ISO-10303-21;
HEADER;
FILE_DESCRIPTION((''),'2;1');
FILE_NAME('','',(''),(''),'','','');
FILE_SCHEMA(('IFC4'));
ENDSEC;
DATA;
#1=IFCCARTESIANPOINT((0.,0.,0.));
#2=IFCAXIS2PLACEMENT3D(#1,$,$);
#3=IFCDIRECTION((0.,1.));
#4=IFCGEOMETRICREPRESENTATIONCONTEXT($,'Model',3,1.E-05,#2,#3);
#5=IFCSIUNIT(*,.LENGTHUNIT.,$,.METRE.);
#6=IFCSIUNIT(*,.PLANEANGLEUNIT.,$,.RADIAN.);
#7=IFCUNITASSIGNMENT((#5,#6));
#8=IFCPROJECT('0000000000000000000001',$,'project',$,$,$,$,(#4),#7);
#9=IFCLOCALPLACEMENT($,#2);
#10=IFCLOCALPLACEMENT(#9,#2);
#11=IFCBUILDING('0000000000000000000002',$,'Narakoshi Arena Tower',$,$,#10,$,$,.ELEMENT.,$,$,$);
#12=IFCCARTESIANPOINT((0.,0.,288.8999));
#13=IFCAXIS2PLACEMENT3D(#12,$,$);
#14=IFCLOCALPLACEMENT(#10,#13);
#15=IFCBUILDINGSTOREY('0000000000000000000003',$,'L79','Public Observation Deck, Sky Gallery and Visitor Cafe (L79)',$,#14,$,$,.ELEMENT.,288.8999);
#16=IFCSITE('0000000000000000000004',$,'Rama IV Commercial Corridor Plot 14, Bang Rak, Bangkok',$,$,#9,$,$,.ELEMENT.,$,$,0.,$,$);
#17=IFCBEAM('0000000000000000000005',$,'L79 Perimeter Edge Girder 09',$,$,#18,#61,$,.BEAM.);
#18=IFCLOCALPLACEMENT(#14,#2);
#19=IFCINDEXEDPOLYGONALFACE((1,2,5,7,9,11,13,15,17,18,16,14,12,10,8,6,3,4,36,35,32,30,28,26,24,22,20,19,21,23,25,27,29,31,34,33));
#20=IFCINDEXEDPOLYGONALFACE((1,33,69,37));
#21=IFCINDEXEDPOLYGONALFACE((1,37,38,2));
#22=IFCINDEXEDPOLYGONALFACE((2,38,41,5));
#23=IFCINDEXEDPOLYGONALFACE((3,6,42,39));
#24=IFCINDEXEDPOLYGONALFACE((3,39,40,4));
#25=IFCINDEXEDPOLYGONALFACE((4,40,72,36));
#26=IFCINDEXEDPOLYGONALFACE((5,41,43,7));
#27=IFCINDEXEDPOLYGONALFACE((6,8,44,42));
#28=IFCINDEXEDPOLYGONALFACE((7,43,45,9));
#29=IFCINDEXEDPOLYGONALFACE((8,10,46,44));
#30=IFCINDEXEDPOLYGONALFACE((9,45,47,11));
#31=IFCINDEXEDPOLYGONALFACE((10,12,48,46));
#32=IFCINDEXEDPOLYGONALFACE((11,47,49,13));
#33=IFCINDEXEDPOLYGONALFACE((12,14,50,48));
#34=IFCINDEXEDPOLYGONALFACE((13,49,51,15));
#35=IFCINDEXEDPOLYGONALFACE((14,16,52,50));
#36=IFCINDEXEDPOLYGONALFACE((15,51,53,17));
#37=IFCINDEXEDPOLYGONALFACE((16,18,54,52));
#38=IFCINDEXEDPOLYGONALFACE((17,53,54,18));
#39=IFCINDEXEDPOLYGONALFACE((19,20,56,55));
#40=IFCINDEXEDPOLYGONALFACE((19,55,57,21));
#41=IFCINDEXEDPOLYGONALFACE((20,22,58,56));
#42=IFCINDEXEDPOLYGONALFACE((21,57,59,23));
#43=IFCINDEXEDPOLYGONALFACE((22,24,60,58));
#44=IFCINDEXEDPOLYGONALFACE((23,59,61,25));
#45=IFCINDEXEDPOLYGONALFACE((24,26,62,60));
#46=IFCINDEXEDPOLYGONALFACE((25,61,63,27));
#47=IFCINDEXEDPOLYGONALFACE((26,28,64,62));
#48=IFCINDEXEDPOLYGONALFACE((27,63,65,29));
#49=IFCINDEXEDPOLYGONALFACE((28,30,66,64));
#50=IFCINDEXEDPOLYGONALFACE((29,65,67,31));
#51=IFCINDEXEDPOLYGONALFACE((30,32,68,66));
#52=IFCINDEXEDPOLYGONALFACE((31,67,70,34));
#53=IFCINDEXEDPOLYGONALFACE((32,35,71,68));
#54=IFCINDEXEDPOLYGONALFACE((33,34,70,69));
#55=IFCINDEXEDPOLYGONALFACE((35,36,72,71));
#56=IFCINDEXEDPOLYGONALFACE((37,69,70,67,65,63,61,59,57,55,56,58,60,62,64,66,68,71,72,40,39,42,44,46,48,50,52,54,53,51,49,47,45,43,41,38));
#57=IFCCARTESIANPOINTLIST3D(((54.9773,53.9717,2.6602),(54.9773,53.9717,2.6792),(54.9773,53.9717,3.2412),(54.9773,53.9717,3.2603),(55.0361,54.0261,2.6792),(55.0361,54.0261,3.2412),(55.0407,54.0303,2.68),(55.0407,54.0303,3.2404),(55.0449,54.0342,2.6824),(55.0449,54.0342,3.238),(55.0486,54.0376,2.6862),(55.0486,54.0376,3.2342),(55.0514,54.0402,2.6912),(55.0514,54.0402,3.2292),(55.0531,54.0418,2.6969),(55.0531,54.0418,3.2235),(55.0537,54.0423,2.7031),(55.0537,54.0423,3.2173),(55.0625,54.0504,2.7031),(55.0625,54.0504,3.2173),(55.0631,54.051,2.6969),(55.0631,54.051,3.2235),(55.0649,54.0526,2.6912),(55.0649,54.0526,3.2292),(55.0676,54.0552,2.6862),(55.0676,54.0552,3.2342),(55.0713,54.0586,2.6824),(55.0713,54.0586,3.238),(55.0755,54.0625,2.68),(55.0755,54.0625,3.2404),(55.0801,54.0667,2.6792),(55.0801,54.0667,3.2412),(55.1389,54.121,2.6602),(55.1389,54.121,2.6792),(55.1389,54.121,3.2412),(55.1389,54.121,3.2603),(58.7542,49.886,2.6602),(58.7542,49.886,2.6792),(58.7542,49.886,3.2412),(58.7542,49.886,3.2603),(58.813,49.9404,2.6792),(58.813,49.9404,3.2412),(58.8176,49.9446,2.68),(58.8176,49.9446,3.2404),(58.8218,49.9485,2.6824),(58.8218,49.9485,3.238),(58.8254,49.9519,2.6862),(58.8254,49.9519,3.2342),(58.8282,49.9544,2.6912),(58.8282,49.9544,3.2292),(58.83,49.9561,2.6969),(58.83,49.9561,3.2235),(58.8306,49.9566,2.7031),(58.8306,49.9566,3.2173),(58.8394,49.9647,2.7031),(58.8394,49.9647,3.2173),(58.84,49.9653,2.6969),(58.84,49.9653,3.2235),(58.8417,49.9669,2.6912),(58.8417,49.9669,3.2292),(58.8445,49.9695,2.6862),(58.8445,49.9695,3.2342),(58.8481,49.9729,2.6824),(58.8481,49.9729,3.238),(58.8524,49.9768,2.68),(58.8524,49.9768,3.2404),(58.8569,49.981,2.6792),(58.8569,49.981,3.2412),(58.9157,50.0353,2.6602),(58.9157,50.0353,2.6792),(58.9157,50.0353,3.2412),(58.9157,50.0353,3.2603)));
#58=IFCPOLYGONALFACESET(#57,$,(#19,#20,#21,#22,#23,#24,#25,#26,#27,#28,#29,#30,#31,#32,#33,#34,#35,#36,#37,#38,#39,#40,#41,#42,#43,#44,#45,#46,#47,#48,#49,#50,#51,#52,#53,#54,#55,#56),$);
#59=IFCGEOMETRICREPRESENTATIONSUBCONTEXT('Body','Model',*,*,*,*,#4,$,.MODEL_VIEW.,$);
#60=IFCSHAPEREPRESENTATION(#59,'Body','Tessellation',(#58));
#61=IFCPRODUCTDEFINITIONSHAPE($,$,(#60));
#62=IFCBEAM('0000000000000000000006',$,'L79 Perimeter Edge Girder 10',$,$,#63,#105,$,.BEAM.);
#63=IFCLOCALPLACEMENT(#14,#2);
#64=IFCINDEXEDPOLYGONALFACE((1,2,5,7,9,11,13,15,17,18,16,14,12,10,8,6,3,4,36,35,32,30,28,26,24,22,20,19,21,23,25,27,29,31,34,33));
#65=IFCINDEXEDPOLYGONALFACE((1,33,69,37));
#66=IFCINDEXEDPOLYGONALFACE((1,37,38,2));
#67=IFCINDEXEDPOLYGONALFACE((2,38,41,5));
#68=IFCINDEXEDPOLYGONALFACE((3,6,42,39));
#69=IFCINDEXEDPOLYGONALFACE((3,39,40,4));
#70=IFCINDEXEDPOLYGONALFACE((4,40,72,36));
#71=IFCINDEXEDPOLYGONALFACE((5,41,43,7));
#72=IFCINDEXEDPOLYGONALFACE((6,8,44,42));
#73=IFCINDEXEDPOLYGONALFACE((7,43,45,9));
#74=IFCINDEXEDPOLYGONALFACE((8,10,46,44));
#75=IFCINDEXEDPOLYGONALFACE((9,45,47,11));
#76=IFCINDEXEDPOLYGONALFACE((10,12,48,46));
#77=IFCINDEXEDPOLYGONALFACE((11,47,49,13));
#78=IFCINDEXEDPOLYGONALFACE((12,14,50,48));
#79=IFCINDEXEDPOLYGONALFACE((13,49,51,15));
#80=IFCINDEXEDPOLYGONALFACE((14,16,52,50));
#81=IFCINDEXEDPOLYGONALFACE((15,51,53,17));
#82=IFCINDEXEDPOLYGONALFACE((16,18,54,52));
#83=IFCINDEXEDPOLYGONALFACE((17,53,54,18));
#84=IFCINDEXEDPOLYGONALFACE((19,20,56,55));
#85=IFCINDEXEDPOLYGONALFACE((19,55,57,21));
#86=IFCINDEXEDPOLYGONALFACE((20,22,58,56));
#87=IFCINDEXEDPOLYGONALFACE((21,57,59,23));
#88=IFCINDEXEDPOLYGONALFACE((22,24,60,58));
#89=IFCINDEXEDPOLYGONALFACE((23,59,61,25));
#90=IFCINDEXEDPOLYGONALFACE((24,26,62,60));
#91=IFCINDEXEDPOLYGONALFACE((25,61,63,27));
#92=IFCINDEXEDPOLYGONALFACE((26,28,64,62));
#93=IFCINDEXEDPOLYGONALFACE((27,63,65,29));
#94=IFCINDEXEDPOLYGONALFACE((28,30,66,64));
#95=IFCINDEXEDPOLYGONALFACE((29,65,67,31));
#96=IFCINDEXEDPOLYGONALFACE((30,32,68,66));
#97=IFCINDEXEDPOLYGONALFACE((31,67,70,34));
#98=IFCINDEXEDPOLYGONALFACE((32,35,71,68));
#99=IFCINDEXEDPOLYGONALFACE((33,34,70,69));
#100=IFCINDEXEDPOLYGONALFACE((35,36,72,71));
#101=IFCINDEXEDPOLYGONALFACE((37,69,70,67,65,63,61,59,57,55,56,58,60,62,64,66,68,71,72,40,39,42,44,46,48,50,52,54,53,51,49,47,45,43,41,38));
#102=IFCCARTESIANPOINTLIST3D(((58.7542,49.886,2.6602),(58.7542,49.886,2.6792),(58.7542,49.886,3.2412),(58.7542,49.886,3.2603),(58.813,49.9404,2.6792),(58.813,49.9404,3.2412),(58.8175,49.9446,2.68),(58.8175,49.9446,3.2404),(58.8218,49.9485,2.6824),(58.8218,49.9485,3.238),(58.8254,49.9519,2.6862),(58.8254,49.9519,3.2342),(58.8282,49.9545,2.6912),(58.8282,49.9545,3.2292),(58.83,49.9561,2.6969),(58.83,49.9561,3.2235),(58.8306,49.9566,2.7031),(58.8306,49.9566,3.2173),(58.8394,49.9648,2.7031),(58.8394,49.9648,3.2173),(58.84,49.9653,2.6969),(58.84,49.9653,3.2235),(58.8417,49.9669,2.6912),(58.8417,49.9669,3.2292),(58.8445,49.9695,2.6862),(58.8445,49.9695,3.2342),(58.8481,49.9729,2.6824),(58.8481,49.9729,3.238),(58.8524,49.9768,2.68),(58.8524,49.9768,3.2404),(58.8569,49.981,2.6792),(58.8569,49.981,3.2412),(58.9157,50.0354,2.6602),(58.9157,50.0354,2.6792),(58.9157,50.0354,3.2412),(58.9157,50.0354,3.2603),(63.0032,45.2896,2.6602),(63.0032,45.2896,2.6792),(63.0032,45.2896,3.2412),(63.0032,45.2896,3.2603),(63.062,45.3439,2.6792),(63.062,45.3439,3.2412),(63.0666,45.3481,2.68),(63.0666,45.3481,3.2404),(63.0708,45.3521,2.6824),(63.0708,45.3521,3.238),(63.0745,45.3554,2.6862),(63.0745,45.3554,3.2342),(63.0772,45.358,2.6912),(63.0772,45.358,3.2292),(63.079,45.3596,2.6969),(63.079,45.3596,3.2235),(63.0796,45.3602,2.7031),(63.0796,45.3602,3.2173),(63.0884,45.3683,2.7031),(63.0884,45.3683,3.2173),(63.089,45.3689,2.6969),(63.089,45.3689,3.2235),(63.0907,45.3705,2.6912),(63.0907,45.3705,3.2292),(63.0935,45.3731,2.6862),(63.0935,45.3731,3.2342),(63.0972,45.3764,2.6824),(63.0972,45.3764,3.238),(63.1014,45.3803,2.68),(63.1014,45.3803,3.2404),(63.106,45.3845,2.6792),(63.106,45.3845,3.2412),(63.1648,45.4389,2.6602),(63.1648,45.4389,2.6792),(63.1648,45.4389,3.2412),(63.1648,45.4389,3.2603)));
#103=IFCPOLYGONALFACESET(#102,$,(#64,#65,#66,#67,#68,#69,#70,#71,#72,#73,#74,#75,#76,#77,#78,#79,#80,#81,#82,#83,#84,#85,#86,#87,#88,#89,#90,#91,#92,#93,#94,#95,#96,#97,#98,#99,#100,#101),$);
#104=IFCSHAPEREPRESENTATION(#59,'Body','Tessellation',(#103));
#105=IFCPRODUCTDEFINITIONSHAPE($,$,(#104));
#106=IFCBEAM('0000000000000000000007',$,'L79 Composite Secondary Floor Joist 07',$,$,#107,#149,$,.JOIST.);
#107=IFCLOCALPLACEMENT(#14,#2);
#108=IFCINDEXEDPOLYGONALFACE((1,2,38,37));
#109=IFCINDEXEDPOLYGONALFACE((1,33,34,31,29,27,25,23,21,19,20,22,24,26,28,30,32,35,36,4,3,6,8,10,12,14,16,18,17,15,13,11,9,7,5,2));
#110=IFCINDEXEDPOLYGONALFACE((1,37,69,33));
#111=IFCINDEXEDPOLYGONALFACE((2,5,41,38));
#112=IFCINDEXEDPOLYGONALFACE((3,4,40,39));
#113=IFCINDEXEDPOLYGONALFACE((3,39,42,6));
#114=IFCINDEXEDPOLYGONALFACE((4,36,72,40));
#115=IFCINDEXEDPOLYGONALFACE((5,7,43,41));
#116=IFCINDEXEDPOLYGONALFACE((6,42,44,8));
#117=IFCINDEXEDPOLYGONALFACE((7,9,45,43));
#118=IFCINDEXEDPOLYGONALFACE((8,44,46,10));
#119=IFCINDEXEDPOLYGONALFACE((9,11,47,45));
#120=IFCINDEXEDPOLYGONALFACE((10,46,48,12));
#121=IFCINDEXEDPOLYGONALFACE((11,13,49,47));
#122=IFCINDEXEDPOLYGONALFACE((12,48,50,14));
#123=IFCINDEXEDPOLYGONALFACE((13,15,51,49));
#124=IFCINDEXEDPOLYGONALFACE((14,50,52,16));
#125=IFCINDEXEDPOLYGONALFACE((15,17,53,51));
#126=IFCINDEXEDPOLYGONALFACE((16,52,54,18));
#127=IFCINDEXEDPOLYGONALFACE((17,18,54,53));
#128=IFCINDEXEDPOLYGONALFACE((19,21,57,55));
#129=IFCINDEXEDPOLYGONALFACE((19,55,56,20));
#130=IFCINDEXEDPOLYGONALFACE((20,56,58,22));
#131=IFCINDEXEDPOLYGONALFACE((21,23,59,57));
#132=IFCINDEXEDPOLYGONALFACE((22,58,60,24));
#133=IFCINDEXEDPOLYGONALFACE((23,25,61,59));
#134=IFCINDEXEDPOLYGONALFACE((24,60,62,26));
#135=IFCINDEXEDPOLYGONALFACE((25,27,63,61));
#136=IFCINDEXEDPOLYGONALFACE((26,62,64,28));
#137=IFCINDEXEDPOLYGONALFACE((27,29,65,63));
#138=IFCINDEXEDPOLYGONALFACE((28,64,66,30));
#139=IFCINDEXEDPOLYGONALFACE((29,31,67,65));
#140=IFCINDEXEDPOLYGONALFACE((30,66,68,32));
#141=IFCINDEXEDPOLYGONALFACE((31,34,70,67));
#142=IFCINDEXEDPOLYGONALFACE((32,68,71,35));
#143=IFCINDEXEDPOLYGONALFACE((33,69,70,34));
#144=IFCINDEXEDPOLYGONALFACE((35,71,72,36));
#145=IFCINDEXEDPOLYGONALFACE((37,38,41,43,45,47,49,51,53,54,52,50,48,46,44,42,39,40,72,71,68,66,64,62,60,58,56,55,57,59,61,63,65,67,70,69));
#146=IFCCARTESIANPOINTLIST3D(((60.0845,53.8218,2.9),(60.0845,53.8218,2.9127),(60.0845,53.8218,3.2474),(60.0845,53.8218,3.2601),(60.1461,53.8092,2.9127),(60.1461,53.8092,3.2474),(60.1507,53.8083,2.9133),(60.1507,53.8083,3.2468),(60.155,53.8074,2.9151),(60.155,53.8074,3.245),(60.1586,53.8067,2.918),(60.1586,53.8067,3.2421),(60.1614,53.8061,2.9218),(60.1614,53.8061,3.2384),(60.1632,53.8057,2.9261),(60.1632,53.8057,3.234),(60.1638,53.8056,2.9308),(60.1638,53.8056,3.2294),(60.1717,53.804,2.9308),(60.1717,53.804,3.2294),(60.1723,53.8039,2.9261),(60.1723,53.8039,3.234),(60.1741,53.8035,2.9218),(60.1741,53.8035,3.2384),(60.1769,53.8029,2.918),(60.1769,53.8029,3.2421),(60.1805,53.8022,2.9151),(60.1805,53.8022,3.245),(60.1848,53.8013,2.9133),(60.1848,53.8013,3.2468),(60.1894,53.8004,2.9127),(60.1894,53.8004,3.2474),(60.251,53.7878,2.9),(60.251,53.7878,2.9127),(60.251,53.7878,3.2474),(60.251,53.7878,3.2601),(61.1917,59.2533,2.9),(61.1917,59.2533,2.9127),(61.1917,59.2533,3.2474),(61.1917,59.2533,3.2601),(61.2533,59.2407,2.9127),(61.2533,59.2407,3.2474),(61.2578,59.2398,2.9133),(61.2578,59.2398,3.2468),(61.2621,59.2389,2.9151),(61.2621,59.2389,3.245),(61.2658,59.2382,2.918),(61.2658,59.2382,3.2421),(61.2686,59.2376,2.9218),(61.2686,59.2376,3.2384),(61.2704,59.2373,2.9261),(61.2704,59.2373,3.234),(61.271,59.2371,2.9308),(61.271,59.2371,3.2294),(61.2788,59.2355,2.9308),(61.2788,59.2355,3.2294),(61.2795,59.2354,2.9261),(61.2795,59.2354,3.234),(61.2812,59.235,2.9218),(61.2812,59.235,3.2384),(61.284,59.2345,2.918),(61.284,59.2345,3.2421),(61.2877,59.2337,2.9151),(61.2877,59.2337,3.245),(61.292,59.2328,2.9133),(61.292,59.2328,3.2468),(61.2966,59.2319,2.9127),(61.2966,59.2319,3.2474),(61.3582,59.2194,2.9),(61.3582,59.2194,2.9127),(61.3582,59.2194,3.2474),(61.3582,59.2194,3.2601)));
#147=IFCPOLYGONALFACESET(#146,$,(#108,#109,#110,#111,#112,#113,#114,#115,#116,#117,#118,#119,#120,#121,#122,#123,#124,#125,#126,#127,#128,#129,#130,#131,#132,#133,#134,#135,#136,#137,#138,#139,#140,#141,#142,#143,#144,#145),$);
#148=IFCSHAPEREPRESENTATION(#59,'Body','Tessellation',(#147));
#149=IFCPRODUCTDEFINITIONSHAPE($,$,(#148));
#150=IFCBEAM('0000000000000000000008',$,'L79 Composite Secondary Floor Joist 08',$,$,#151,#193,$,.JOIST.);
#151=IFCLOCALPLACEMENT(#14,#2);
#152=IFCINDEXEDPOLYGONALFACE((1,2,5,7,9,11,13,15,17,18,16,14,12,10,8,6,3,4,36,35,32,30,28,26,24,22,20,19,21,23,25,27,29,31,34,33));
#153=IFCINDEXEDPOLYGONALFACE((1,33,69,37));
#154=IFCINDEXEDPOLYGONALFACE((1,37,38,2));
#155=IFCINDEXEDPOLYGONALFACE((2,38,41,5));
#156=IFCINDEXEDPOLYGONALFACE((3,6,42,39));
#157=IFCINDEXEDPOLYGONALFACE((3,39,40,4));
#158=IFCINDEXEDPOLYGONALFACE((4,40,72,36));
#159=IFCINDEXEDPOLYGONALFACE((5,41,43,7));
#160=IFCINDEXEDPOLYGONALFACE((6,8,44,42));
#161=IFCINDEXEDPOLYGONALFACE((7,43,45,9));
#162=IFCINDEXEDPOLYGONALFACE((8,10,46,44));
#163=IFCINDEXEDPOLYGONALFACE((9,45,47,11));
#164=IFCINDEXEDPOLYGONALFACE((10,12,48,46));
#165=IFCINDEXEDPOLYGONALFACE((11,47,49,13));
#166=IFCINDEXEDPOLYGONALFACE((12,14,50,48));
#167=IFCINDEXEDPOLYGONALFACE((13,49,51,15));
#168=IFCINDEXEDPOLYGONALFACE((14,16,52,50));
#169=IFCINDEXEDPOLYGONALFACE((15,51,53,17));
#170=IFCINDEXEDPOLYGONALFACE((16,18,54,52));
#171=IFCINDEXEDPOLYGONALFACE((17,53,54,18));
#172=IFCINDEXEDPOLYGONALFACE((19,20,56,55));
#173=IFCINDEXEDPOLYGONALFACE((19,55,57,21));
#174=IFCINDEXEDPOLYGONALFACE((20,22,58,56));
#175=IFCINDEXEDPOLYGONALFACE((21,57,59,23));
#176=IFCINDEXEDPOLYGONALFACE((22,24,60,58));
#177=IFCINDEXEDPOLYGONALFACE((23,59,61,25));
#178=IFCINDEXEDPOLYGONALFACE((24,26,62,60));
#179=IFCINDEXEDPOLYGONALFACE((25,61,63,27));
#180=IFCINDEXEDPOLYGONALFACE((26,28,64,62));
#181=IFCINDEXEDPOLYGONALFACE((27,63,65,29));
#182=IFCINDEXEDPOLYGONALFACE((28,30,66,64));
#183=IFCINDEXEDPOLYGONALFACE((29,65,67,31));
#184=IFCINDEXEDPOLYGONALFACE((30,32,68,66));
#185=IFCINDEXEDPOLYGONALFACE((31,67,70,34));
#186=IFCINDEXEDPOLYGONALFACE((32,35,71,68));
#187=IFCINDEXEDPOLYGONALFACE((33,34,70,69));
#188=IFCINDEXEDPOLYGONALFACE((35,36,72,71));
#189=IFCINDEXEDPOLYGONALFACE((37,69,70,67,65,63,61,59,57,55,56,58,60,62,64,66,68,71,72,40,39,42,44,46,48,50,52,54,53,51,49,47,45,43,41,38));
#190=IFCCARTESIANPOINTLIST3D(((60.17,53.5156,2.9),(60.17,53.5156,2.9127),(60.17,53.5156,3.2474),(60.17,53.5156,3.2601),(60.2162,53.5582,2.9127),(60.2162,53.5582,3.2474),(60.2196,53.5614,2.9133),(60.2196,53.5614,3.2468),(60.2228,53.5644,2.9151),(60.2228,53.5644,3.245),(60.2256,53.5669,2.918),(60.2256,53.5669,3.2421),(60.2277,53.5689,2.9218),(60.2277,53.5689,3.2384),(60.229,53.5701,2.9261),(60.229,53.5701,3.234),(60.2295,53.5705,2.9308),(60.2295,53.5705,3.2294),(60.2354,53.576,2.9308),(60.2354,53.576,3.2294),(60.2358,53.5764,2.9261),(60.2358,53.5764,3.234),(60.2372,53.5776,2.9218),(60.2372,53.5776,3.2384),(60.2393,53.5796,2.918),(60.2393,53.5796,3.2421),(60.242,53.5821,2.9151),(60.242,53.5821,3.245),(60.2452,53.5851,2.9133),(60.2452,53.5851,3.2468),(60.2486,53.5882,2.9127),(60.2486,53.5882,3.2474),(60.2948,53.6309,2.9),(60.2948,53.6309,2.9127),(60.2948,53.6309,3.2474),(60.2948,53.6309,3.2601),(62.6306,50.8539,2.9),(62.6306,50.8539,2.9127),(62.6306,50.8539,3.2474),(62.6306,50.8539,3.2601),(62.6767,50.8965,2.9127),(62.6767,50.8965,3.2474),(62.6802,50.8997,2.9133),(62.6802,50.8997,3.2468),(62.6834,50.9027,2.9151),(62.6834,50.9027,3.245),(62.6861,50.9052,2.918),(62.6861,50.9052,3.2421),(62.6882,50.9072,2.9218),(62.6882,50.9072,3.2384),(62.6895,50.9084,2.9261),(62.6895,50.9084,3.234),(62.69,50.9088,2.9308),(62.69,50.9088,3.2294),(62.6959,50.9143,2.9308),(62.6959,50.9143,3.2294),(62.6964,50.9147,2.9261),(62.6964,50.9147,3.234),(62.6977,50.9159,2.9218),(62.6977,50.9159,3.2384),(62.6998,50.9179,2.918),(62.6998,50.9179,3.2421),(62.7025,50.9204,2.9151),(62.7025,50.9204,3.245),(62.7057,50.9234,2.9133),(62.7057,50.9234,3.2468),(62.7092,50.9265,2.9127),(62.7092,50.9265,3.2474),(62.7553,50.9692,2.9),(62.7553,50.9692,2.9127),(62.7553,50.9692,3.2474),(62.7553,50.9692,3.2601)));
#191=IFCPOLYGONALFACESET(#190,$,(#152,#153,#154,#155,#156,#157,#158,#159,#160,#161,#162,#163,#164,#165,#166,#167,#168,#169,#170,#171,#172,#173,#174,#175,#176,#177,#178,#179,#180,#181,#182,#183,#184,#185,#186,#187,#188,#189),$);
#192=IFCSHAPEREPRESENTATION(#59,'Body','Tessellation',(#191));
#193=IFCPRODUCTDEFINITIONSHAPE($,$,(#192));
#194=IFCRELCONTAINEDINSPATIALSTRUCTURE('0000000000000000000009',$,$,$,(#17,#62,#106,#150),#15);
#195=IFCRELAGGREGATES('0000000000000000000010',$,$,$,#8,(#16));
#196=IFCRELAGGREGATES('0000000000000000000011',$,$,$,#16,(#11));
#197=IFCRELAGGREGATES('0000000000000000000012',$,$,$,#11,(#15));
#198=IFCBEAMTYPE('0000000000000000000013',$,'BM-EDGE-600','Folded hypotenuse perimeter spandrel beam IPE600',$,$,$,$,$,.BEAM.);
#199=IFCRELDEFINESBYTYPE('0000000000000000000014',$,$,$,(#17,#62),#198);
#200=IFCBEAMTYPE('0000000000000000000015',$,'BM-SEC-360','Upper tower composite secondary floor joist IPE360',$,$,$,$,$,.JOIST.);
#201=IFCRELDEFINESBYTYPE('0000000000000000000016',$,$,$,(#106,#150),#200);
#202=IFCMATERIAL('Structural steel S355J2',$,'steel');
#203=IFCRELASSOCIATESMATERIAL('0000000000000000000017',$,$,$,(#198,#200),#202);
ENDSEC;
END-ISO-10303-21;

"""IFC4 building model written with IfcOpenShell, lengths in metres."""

from ifc_helpers import new_model, si_unit, direction, frame, origin, origin_2d, place, context, subcontext, project, spatial, i_section, extrude, material, material_profile, profile_set, type_object, element, save


model = new_model("IFC4")

# Units and contexts
model_context = context("Model", 3, precision=1e-05, world=origin(), true_north=direction((0.0, 1.0)))
body_context = subcontext(model_context, "Body", "Model", "MODEL_VIEW")
ifc_project = project(units=[si_unit("LENGTHUNIT", "METRE"), si_unit("PLANEANGLEUNIT", "RADIAN")], contexts=[model_context])

# Site, building, storey
site_placement = place(None, origin())
site = spatial("IfcSite", under=ifc_project, at=site_placement, Name="Rama IV Commercial Corridor Plot 14, Bang Rak, Bangkok", CompositionType="ELEMENT", RefElevation=0.0)
building_placement = place(site_placement, origin())
building = spatial("IfcBuilding", under=site, at=building_placement, Name="Narakoshi Arena Tower", CompositionType="ELEMENT")
storey_placement = place(building_placement, frame((0.0, 0.0, 288.8999)))
storey = spatial("IfcBuildingStorey", under=building, at=storey_placement, Name="L79", Description="Public Observation Deck, Sky Gallery and Visitor Cafe (L79)", CompositionType="ELEMENT", Elevation=288.8999)

# Shared definitions
ifc_material_1 = material(Name="Structural steel S355J2", Category="steel")

# Beams
ifc_material_profile_1 = material_profile(ifc_material_1, i_section(OverallWidth=0.22, OverallDepth=0.6001, WebThickness=0.012, FlangeThickness=0.019, FilletRadius=0.0239, at=origin_2d()), Name="IPE600")
ifc_profile_set_1 = profile_set([ifc_material_profile_1], Name="Structural steel S355J2")
beam_type_1 = type_object("IfcBeamType", Name="BM-EDGE-600", Description="Folded hypotenuse perimeter spandrel beam IPE600", PredefinedType="BEAM", material=ifc_profile_set_1)
beam_1_placement = place(storey_placement, frame((55.0581, 54.0464, 2.9602), z_axis=(0.678808, -0.734315, 0.0), x_axis=(0.734315, 0.678808, 0.0)))
element("IfcBeam", 1, at=beam_1_placement, inside=storey, type_object=beam_type_1, Name="L79 Perimeter Edge Girder 09", PredefinedType="BEAM", context=body_context, shape_type="SweptSolid", body=[
    extrude(i_section(OverallWidth=0.22, OverallDepth=0.6001, WebThickness=0.012, FlangeThickness=0.019, FilletRadius=0.0239, at=origin_2d()), origin(), (0.0, 0.0, 1.0), 5.564),
])
beam_2_placement = place(storey_placement, frame((58.835, 49.9607, 2.9602), z_axis=(0.678811, -0.734313, 0.0), x_axis=(0.734313, 0.678811, 0.0)))
element("IfcBeam", 2, at=beam_2_placement, inside=storey, type_object=beam_type_1, Name="L79 Perimeter Edge Girder 10", PredefinedType="BEAM", context=body_context, shape_type="SweptSolid", body=[
    extrude(i_section(OverallWidth=0.22, OverallDepth=0.6001, WebThickness=0.012, FlangeThickness=0.019, FilletRadius=0.0239, at=origin_2d()), origin(), (0.0, 0.0, 1.0), 6.2595),
])
ifc_material_profile_2 = material_profile(ifc_material_1, i_section(OverallWidth=0.1699, OverallDepth=0.3601, WebThickness=0.0081, FlangeThickness=0.0127, FilletRadius=0.0181, at=origin_2d()), Name="IPE360")
ifc_profile_set_2 = profile_set([ifc_material_profile_2], Name="Structural steel S355J2")
beam_type_2 = type_object("IfcBeamType", Name="BM-SEC-360", Description="Upper tower composite secondary floor joist IPE360", PredefinedType="JOIST", material=ifc_profile_set_2)
beam_3_placement = place(storey_placement, frame((61.2749, 59.2363, 3.0801), z_axis=(-0.199731, -0.979851, 0.0), x_axis=(0.979851, -0.199731, 0.0)))
element("IfcBeam", 3, at=beam_3_placement, inside=storey, type_object=beam_type_2, Name="L79 Composite Secondary Floor Joist 07", PredefinedType="JOIST", context=body_context, shape_type="SweptSolid", body=[
    extrude(i_section(OverallWidth=0.1699, OverallDepth=0.3601, WebThickness=0.0081, FlangeThickness=0.0127, FilletRadius=0.0181, at=origin_2d()), origin(), (0.0, 0.0, 1.0), 5.5432),
])
beam_4_placement = place(storey_placement, frame((60.2324, 53.5732, 3.0801), z_axis=(0.678811, -0.734313, 0.0), x_axis=(0.734313, 0.678811, 0.0)))
element("IfcBeam", 4, at=beam_4_placement, inside=storey, type_object=beam_type_2, Name="L79 Composite Secondary Floor Joist 08", PredefinedType="JOIST", context=body_context, shape_type="SweptSolid", body=[
    extrude(i_section(OverallWidth=0.1699, OverallDepth=0.3601, WebThickness=0.0081, FlangeThickness=0.0127, FilletRadius=0.0181, at=origin_2d()), origin(), (0.0, 0.0, 1.0), 3.6248),
])

save(model, "model.ifc")
